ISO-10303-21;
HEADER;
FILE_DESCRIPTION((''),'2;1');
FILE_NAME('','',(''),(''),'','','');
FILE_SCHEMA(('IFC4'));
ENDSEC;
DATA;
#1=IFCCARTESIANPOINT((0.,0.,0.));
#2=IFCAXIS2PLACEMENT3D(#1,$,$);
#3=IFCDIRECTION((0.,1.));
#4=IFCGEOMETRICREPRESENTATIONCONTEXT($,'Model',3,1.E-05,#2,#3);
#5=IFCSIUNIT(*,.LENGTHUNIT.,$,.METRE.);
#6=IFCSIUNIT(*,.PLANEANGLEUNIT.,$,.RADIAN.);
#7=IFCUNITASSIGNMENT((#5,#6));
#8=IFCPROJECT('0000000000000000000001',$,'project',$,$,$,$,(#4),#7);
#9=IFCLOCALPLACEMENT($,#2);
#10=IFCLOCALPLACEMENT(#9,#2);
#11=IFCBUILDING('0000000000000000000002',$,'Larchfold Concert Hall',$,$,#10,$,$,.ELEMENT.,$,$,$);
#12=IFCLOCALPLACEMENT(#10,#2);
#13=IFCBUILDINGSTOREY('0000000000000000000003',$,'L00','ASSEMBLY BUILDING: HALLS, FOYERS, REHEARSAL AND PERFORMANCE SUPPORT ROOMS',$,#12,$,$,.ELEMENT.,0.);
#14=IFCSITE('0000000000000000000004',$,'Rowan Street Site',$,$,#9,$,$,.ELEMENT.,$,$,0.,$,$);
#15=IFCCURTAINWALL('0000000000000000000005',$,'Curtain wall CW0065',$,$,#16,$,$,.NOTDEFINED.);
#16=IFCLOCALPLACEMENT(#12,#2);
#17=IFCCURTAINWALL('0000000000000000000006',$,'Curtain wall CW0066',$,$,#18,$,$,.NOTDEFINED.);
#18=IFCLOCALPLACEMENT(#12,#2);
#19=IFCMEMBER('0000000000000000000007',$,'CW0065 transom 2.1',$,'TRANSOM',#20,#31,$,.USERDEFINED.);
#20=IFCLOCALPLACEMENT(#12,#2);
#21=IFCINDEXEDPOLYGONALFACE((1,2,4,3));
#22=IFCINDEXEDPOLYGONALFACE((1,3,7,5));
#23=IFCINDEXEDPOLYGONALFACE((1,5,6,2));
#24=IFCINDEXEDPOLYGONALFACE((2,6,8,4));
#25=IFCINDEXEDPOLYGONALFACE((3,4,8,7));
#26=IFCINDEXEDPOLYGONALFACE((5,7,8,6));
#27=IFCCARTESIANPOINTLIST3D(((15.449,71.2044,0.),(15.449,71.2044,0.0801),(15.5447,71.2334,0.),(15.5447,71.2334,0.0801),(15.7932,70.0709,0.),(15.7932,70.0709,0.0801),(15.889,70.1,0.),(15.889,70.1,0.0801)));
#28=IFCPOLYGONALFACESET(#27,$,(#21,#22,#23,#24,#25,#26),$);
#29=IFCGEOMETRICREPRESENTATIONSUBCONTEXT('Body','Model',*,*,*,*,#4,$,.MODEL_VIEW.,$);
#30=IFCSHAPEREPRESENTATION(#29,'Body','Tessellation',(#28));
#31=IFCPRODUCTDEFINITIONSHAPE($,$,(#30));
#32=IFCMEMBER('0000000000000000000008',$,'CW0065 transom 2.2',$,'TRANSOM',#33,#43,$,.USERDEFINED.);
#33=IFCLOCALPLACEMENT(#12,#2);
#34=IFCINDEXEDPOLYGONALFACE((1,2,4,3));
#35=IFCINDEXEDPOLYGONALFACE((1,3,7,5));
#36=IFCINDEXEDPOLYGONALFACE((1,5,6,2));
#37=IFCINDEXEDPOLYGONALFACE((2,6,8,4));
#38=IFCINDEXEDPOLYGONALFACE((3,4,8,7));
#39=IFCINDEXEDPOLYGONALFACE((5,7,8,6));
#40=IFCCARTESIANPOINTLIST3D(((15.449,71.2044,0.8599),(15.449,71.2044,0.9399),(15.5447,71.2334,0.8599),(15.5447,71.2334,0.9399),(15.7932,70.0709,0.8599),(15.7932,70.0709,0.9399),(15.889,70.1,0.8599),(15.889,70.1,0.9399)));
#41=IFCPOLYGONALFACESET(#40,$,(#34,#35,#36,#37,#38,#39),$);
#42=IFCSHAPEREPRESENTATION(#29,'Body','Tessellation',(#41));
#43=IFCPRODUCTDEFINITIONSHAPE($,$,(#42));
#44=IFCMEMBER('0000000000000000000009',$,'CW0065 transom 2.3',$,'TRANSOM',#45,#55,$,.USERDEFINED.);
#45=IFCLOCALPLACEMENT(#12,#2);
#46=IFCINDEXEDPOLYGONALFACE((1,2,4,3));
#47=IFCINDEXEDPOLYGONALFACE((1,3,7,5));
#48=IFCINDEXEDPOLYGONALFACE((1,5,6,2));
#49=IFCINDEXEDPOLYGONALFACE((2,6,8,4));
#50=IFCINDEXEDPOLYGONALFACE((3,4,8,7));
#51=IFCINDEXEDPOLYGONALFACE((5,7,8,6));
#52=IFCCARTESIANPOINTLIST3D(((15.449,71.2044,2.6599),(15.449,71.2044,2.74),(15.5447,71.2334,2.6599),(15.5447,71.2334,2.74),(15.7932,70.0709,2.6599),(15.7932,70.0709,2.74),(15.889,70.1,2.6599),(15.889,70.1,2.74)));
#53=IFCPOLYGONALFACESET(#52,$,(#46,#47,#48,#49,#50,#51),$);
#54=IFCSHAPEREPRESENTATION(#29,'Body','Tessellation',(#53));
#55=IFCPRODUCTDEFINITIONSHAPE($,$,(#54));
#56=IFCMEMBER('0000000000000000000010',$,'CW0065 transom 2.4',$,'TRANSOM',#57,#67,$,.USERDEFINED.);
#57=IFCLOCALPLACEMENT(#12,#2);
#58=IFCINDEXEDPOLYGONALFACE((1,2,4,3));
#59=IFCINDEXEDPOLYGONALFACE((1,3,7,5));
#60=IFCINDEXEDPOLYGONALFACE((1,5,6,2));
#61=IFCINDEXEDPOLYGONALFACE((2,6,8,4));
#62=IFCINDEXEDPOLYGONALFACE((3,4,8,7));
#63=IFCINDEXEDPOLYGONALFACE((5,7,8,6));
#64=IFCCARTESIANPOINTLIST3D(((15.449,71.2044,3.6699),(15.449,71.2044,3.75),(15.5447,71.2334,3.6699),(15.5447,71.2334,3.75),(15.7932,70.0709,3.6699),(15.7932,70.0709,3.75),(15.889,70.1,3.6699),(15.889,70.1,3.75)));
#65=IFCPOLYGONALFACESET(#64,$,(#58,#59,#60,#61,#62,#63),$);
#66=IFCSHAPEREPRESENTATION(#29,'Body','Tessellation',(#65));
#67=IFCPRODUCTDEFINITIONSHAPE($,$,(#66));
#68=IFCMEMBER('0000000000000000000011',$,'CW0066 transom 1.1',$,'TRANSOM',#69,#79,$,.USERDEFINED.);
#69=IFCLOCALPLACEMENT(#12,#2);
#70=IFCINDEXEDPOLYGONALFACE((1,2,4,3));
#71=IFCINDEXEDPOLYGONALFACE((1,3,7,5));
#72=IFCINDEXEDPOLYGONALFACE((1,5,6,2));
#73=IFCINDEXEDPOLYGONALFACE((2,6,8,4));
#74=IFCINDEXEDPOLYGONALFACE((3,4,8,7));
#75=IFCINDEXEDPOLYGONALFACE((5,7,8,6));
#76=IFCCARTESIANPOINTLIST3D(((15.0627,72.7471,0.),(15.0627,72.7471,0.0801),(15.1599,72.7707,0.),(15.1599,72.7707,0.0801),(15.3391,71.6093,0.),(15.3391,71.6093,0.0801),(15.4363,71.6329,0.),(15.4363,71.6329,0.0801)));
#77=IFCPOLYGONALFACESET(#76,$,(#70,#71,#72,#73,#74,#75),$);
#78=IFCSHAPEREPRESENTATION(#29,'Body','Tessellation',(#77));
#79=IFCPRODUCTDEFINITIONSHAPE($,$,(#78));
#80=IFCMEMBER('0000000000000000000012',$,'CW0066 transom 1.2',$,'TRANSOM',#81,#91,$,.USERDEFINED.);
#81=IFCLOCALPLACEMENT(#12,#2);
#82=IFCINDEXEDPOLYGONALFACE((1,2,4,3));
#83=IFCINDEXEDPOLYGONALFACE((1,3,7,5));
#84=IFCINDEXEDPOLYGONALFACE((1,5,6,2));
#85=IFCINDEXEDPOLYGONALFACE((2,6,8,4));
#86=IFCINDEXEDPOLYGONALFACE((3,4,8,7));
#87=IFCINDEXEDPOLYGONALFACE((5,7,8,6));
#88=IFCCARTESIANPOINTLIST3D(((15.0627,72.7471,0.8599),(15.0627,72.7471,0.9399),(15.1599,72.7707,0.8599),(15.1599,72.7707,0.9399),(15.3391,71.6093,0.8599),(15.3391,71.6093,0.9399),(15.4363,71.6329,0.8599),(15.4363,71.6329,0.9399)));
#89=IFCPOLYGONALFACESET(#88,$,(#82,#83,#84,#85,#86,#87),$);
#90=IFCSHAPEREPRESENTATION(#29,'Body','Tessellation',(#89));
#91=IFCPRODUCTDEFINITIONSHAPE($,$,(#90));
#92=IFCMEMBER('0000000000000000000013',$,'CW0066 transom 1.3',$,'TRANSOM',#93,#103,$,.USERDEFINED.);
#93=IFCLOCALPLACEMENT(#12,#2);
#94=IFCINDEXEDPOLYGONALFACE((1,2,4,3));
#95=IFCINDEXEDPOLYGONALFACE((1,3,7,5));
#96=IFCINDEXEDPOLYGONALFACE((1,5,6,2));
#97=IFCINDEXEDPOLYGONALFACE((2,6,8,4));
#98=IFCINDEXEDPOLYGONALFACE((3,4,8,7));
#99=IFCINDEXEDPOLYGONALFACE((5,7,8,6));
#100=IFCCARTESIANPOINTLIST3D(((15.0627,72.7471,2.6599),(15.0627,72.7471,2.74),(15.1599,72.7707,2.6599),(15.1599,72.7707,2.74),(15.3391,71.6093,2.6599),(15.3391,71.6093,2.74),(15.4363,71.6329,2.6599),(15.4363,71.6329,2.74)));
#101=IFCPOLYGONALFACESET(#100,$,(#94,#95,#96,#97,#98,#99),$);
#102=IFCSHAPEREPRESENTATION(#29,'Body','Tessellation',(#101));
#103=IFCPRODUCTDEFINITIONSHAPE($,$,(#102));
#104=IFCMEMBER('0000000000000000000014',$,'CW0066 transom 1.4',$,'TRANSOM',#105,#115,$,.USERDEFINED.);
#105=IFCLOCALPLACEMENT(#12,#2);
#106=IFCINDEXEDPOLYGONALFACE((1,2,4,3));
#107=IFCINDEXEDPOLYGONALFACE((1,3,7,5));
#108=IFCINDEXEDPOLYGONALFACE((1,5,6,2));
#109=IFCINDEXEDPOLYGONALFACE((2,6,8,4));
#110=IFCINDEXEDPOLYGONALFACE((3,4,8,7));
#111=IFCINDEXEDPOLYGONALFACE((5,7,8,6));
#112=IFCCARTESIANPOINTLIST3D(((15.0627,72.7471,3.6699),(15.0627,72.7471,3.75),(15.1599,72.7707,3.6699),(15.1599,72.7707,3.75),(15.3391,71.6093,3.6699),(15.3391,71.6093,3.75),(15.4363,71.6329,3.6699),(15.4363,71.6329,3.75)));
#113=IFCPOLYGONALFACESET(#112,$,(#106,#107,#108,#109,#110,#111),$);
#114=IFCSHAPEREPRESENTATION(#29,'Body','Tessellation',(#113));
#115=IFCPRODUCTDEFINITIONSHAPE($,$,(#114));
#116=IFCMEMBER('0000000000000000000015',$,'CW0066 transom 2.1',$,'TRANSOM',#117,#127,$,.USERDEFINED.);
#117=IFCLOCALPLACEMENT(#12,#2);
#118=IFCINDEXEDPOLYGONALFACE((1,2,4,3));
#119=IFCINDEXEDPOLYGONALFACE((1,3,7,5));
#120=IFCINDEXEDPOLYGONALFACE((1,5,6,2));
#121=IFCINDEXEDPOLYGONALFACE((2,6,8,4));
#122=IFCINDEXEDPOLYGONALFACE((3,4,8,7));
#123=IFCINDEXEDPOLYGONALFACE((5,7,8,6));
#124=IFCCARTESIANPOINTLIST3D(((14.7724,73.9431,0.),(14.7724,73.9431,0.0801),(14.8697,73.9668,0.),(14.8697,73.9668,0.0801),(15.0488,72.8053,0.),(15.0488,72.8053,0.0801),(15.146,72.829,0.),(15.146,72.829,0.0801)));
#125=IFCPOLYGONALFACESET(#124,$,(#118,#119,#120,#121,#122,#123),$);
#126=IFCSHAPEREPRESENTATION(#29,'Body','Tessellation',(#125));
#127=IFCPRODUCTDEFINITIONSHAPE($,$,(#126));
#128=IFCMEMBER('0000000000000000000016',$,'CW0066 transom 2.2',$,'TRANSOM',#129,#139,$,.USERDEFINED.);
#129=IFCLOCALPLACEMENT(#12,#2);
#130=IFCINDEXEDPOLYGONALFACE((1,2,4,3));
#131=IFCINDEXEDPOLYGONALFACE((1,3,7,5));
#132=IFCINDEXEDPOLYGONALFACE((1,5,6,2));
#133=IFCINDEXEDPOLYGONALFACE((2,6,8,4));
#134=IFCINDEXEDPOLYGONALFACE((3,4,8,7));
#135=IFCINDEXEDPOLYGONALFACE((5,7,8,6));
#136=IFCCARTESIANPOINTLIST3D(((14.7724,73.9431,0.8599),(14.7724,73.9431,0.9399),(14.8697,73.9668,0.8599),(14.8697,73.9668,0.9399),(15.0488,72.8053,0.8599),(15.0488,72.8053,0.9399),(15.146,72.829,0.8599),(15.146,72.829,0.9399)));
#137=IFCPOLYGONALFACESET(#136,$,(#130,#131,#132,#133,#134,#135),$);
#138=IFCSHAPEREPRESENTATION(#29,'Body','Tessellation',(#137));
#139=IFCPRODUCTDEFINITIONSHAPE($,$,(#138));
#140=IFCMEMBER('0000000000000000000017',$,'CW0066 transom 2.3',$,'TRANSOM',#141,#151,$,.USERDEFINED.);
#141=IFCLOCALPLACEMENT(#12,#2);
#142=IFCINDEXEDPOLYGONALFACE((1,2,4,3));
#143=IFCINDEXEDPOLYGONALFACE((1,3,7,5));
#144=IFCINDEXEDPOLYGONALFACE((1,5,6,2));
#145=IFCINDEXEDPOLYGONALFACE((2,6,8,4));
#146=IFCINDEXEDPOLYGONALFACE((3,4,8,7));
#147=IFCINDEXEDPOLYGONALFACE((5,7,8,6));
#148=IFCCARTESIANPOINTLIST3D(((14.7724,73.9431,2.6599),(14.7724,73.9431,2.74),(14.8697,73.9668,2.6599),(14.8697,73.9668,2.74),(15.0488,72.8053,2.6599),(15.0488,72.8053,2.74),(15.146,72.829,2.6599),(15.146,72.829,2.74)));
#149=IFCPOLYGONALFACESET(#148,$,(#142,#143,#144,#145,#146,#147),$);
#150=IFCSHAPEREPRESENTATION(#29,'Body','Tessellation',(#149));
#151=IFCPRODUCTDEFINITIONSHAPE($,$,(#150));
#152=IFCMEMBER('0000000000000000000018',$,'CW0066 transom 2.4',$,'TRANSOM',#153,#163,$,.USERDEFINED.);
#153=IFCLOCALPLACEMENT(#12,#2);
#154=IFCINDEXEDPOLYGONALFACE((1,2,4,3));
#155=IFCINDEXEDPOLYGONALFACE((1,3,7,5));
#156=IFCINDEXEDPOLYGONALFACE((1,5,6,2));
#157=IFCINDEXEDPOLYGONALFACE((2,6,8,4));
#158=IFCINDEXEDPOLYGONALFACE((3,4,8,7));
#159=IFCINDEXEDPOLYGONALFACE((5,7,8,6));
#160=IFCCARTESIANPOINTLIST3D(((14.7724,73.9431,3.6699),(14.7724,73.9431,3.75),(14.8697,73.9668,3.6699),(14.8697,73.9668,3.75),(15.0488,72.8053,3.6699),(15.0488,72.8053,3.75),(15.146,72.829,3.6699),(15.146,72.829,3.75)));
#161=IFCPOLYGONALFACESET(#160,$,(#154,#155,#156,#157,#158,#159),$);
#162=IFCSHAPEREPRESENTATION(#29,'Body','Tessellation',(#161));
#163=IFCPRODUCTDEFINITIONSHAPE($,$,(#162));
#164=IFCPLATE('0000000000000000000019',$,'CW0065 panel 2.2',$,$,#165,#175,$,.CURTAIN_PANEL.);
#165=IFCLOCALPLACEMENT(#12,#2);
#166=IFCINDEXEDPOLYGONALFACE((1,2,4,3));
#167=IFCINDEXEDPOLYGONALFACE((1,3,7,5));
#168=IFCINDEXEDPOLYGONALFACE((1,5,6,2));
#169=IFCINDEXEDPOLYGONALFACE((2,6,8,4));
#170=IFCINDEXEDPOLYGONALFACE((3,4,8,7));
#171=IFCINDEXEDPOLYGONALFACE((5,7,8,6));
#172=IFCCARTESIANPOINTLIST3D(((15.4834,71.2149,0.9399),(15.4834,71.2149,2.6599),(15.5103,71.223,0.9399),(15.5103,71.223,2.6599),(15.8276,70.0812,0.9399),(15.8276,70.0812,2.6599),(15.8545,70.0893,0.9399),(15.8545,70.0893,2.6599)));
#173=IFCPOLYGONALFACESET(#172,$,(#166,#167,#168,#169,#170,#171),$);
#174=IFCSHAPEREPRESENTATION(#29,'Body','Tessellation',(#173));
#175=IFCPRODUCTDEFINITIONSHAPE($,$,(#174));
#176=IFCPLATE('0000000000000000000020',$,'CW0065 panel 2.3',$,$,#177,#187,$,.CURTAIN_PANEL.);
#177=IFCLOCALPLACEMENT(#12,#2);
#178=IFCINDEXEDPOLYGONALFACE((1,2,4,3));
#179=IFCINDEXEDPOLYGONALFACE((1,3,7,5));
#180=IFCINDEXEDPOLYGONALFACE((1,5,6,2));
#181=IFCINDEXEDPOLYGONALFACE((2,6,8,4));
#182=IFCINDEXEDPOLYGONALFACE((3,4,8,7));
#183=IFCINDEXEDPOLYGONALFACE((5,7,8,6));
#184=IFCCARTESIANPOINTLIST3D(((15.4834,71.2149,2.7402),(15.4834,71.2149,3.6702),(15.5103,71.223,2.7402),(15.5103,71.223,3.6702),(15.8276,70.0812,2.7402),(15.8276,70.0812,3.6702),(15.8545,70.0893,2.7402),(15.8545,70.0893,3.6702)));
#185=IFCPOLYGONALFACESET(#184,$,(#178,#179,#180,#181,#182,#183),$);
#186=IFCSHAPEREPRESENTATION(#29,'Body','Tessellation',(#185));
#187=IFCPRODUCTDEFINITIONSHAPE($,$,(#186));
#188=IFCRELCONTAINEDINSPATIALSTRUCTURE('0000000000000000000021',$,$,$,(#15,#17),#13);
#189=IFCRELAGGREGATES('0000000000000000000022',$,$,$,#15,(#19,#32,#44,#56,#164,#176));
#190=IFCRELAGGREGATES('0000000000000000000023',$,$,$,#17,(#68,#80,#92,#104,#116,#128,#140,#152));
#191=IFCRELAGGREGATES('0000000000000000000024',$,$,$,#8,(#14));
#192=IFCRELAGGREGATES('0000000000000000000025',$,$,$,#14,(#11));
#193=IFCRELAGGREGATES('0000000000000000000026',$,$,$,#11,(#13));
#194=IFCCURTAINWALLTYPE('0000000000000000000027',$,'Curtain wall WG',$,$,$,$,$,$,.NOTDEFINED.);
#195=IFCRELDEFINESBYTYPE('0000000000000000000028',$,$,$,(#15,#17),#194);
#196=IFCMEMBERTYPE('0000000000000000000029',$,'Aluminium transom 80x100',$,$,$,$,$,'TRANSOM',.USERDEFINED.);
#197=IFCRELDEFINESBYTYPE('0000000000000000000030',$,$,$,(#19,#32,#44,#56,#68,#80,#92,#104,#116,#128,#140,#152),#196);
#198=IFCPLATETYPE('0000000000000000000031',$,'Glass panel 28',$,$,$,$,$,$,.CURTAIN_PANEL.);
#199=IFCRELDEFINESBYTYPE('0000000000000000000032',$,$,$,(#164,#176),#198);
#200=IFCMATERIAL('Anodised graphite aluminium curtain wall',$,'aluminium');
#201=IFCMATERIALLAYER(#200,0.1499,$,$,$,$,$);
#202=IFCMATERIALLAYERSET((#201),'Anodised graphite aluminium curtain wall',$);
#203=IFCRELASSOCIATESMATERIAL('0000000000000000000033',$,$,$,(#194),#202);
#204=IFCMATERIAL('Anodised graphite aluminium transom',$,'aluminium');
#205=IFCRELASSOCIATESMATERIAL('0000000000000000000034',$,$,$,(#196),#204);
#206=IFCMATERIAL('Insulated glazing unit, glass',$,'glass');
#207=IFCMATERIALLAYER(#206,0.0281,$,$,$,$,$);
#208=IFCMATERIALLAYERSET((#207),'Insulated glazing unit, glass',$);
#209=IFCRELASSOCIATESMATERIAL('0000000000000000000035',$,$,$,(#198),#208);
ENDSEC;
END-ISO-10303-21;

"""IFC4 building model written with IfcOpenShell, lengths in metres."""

from ifc_helpers import new_model, si_unit, direction, frame, origin, origin_2d, place, context, subcontext, project, spatial, rectangle, extrude, material, layer, layer_set, material_profile, profile_set, type_object, element, aggregate, save


model = new_model("IFC4")

# Units and contexts
model_context = context("Model", 3, precision=1e-05, world=origin(), true_north=direction((0.0, 1.0)))
body_context = subcontext(model_context, "Body", "Model", "MODEL_VIEW")
ifc_project = project(units=[si_unit("LENGTHUNIT", "METRE"), si_unit("PLANEANGLEUNIT", "RADIAN")], contexts=[model_context])

# Site, building, storey
site_placement = place(None, origin())
site = spatial("IfcSite", under=ifc_project, at=site_placement, Name="Rowan Street Site", CompositionType="ELEMENT", RefElevation=0.0)
building_placement = place(site_placement, origin())
building = spatial("IfcBuilding", under=site, at=building_placement, Name="Larchfold Concert Hall", CompositionType="ELEMENT")
storey_placement = place(building_placement, origin())
storey = spatial("IfcBuildingStorey", under=building, at=storey_placement, Name="L00", Description="ASSEMBLY BUILDING: HALLS, FOYERS, REHEARSAL AND PERFORMANCE SUPPORT ROOMS", CompositionType="ELEMENT", Elevation=0.0)

# Curtain walls
ifc_material_1 = material(Name="Anodised graphite aluminium curtain wall", Category="aluminium")
ifc_layer_1 = layer(ifc_material_1, 0.1499)
ifc_layer_set_1 = layer_set([ifc_layer_1], Name="Anodised graphite aluminium curtain wall")
curtain_wall_type = type_object("IfcCurtainWallType", Name="Curtain wall WG", PredefinedType="NOTDEFINED", material=ifc_layer_set_1)
curtain_wall_1_placement = place(storey_placement, origin())
curtain_wall_1 = element("IfcCurtainWall", 1, at=curtain_wall_1_placement, inside=storey, type_object=curtain_wall_type, Name="Curtain wall CW0065", PredefinedType="NOTDEFINED")
curtain_wall_2_placement = place(storey_placement, origin())
curtain_wall_2 = element("IfcCurtainWall", 2, at=curtain_wall_2_placement, inside=storey, type_object=curtain_wall_type, Name="Curtain wall CW0066", PredefinedType="NOTDEFINED")

# Members
ifc_material_2 = material(Name="Anodised graphite aluminium transom", Category="aluminium")
ifc_material_profile_1 = material_profile(ifc_material_2, rectangle(XDim=0.1001, YDim=0.0801, at=origin_2d()))
ifc_profile_set_1 = profile_set([ifc_material_profile_1], Name="Anodised graphite aluminium transom")
member_type_1 = type_object("IfcMemberType", Name="Aluminium transom 80x100", ElementType="TRANSOM", PredefinedType="USERDEFINED", material=ifc_profile_set_1)
member_1_placement = place(storey_placement, frame((15.8411, 70.0854, 0.04), z_axis=(-0.290579, 0.956851, 0.0), x_axis=(-0.956851, -0.290579, 0.0)))
member_1 = element("IfcMember", 3, at=member_1_placement, type_object=member_type_1, Name="CW0065 transom 2.1", ObjectType="TRANSOM", PredefinedType="USERDEFINED", context=body_context, shape_type="SweptSolid", body=[
    extrude(rectangle(XDim=0.1001, YDim=0.0801, at=origin_2d()), origin(), (0.0, 0.0, 1.0), 1.1846),
])
member_2_placement = place(storey_placement, frame((15.8411, 70.0854, 0.8999), z_axis=(-0.290579, 0.956851, 0.0), x_axis=(-0.956851, -0.290579, 0.0)))
member_2 = element("IfcMember", 4, at=member_2_placement, type_object=member_type_1, Name="CW0065 transom 2.2", ObjectType="TRANSOM", PredefinedType="USERDEFINED", context=body_context, shape_type="SweptSolid", body=[
    extrude(rectangle(XDim=0.1001, YDim=0.0801, at=origin_2d()), origin(), (0.0, 0.0, 1.0), 1.1846),
])
member_3_placement = place(storey_placement, frame((15.8411, 70.0854, 2.7), z_axis=(-0.290579, 0.956851, 0.0), x_axis=(-0.956851, -0.290579, 0.0)))
member_3 = element("IfcMember", 5, at=member_3_placement, type_object=member_type_1, Name="CW0065 transom 2.3", ObjectType="TRANSOM", PredefinedType="USERDEFINED", context=body_context, shape_type="SweptSolid", body=[
    extrude(rectangle(XDim=0.1001, YDim=0.0801, at=origin_2d()), origin(), (0.0, 0.0, 1.0), 1.1846),
])
member_4_placement = place(storey_placement, frame((15.8411, 70.0854, 3.71), z_axis=(-0.290579, 0.956851, 0.0), x_axis=(-0.956851, -0.290579, 0.0)))
member_4 = element("IfcMember", 6, at=member_4_placement, type_object=member_type_1, Name="CW0065 transom 2.4", ObjectType="TRANSOM", PredefinedType="USERDEFINED", context=body_context, shape_type="SweptSolid", body=[
    extrude(rectangle(XDim=0.1001, YDim=0.0801, at=origin_2d()), origin(), (0.0, 0.0, 1.0), 1.1846),
])
member_5_placement = place(storey_placement, frame((15.3877, 71.6211, 0.04), z_axis=(-0.236054, 0.97174, 0.0), x_axis=(-0.97174, -0.236054, 0.0)))
member_5 = element("IfcMember", 7, at=member_5_placement, type_object=member_type_1, Name="CW0066 transom 1.1", ObjectType="TRANSOM", PredefinedType="USERDEFINED", context=body_context, shape_type="SweptSolid", body=[
    extrude(rectangle(XDim=0.1001, YDim=0.0801, at=origin_2d()), origin(), (0.0, 0.0, 1.0), 1.1709),
])
member_6_placement = place(storey_placement, frame((15.3877, 71.6211, 0.8999), z_axis=(-0.236054, 0.97174, 0.0), x_axis=(-0.97174, -0.236054, 0.0)))
member_6 = element("IfcMember", 8, at=member_6_placement, type_object=member_type_1, Name="CW0066 transom 1.2", ObjectType="TRANSOM", PredefinedType="USERDEFINED", context=body_context, shape_type="SweptSolid", body=[
    extrude(rectangle(XDim=0.1001, YDim=0.0801, at=origin_2d()), origin(), (0.0, 0.0, 1.0), 1.1709),
])
member_7_placement = place(storey_placement, frame((15.3877, 71.6211, 2.7), z_axis=(-0.236054, 0.97174, 0.0), x_axis=(-0.97174, -0.236054, 0.0)))
member_7 = element("IfcMember", 9, at=member_7_placement, type_object=member_type_1, Name="CW0066 transom 1.3", ObjectType="TRANSOM", PredefinedType="USERDEFINED", context=body_context, shape_type="SweptSolid", body=[
    extrude(rectangle(XDim=0.1001, YDim=0.0801, at=origin_2d()), origin(), (0.0, 0.0, 1.0), 1.1709),
])
member_8_placement = place(storey_placement, frame((15.3877, 71.6211, 3.71), z_axis=(-0.236054, 0.97174, 0.0), x_axis=(-0.97174, -0.236054, 0.0)))
member_8 = element("IfcMember", 10, at=member_8_placement, type_object=member_type_1, Name="CW0066 transom 1.4", ObjectType="TRANSOM", PredefinedType="USERDEFINED", context=body_context, shape_type="SweptSolid", body=[
    extrude(rectangle(XDim=0.1001, YDim=0.0801, at=origin_2d()), origin(), (0.0, 0.0, 1.0), 1.1709),
])
member_9_placement = place(storey_placement, frame((15.0974, 72.8171, 0.04), z_axis=(-0.236054, 0.97174, 0.0), x_axis=(-0.97174, -0.236054, 0.0)))
member_9 = element("IfcMember", 11, at=member_9_placement, type_object=member_type_1, Name="CW0066 transom 2.1", ObjectType="TRANSOM", PredefinedType="USERDEFINED", context=body_context, shape_type="SweptSolid", body=[
    extrude(rectangle(XDim=0.1001, YDim=0.0801, at=origin_2d()), origin(), (0.0, 0.0, 1.0), 1.1709),
])
member_10_placement = place(storey_placement, frame((15.0974, 72.8171, 0.8999), z_axis=(-0.236054, 0.97174, 0.0), x_axis=(-0.97174, -0.236054, 0.0)))
member_10 = element("IfcMember", 12, at=member_10_placement, type_object=member_type_1, Name="CW0066 transom 2.2", ObjectType="TRANSOM", PredefinedType="USERDEFINED", context=body_context, shape_type="SweptSolid", body=[
    extrude(rectangle(XDim=0.1001, YDim=0.0801, at=origin_2d()), origin(), (0.0, 0.0, 1.0), 1.1709),
])
member_11_placement = place(storey_placement, frame((15.0974, 72.8171, 2.7), z_axis=(-0.236054, 0.97174, 0.0), x_axis=(-0.97174, -0.236054, 0.0)))
member_11 = element("IfcMember", 13, at=member_11_placement, type_object=member_type_1, Name="CW0066 transom 2.3", ObjectType="TRANSOM", PredefinedType="USERDEFINED", context=body_context, shape_type="SweptSolid", body=[
    extrude(rectangle(XDim=0.1001, YDim=0.0801, at=origin_2d()), origin(), (0.0, 0.0, 1.0), 1.1709),
])
member_12_placement = place(storey_placement, frame((15.0974, 72.8171, 3.71), z_axis=(-0.236054, 0.97174, 0.0), x_axis=(-0.97174, -0.236054, 0.0)))
member_12 = element("IfcMember", 14, at=member_12_placement, type_object=member_type_1, Name="CW0066 transom 2.4", ObjectType="TRANSOM", PredefinedType="USERDEFINED", context=body_context, shape_type="SweptSolid", body=[
    extrude(rectangle(XDim=0.1001, YDim=0.0801, at=origin_2d()), origin(), (0.0, 0.0, 1.0), 1.1709),
])

# Plates
ifc_material_3 = material(Name="Insulated glazing unit, glass", Category="glass")
ifc_layer_2 = layer(ifc_material_3, 0.0281)
ifc_layer_set_2 = layer_set([ifc_layer_2], Name="Insulated glazing unit, glass")
plate_type_1 = type_object("IfcPlateType", Name="Glass panel 28", PredefinedType="CURTAIN_PANEL", material=ifc_layer_set_2)
plate_1_placement = place(storey_placement, frame((15.6689, 70.6521, 0.9399), z_axis=(0.0, 0.0, 1.0), x_axis=(-0.290544, 0.956862, 0.0)))
plate_1 = element("IfcPlate", 15, at=plate_1_placement, type_object=plate_type_1, Name="CW0065 panel 2.2", PredefinedType="CURTAIN_PANEL", context=body_context, shape_type="SweptSolid", body=[
    extrude(rectangle(XDim=1.1848, YDim=0.0281, at=origin_2d()), origin(), (0.0, 0.0, 1.0), 1.72),
])
plate_2_placement = place(storey_placement, frame((15.6689, 70.6521, 2.7402), z_axis=(0.0, 0.0, 1.0), x_axis=(-0.290544, 0.956862, 0.0)))
plate_2 = element("IfcPlate", 16, at=plate_2_placement, type_object=plate_type_1, Name="CW0065 panel 2.3", PredefinedType="CURTAIN_PANEL", context=body_context, shape_type="SweptSolid", body=[
    extrude(rectangle(XDim=1.1848, YDim=0.0281, at=origin_2d()), origin(), (0.0, 0.0, 1.0), 0.9299),
])
aggregate(curtain_wall_1, [member_1, member_2, member_3, member_4, plate_1, plate_2])
aggregate(curtain_wall_2, [member_5, member_6, member_7, member_8, member_9, member_10, member_11, member_12])

save(model, "model.ifc")
